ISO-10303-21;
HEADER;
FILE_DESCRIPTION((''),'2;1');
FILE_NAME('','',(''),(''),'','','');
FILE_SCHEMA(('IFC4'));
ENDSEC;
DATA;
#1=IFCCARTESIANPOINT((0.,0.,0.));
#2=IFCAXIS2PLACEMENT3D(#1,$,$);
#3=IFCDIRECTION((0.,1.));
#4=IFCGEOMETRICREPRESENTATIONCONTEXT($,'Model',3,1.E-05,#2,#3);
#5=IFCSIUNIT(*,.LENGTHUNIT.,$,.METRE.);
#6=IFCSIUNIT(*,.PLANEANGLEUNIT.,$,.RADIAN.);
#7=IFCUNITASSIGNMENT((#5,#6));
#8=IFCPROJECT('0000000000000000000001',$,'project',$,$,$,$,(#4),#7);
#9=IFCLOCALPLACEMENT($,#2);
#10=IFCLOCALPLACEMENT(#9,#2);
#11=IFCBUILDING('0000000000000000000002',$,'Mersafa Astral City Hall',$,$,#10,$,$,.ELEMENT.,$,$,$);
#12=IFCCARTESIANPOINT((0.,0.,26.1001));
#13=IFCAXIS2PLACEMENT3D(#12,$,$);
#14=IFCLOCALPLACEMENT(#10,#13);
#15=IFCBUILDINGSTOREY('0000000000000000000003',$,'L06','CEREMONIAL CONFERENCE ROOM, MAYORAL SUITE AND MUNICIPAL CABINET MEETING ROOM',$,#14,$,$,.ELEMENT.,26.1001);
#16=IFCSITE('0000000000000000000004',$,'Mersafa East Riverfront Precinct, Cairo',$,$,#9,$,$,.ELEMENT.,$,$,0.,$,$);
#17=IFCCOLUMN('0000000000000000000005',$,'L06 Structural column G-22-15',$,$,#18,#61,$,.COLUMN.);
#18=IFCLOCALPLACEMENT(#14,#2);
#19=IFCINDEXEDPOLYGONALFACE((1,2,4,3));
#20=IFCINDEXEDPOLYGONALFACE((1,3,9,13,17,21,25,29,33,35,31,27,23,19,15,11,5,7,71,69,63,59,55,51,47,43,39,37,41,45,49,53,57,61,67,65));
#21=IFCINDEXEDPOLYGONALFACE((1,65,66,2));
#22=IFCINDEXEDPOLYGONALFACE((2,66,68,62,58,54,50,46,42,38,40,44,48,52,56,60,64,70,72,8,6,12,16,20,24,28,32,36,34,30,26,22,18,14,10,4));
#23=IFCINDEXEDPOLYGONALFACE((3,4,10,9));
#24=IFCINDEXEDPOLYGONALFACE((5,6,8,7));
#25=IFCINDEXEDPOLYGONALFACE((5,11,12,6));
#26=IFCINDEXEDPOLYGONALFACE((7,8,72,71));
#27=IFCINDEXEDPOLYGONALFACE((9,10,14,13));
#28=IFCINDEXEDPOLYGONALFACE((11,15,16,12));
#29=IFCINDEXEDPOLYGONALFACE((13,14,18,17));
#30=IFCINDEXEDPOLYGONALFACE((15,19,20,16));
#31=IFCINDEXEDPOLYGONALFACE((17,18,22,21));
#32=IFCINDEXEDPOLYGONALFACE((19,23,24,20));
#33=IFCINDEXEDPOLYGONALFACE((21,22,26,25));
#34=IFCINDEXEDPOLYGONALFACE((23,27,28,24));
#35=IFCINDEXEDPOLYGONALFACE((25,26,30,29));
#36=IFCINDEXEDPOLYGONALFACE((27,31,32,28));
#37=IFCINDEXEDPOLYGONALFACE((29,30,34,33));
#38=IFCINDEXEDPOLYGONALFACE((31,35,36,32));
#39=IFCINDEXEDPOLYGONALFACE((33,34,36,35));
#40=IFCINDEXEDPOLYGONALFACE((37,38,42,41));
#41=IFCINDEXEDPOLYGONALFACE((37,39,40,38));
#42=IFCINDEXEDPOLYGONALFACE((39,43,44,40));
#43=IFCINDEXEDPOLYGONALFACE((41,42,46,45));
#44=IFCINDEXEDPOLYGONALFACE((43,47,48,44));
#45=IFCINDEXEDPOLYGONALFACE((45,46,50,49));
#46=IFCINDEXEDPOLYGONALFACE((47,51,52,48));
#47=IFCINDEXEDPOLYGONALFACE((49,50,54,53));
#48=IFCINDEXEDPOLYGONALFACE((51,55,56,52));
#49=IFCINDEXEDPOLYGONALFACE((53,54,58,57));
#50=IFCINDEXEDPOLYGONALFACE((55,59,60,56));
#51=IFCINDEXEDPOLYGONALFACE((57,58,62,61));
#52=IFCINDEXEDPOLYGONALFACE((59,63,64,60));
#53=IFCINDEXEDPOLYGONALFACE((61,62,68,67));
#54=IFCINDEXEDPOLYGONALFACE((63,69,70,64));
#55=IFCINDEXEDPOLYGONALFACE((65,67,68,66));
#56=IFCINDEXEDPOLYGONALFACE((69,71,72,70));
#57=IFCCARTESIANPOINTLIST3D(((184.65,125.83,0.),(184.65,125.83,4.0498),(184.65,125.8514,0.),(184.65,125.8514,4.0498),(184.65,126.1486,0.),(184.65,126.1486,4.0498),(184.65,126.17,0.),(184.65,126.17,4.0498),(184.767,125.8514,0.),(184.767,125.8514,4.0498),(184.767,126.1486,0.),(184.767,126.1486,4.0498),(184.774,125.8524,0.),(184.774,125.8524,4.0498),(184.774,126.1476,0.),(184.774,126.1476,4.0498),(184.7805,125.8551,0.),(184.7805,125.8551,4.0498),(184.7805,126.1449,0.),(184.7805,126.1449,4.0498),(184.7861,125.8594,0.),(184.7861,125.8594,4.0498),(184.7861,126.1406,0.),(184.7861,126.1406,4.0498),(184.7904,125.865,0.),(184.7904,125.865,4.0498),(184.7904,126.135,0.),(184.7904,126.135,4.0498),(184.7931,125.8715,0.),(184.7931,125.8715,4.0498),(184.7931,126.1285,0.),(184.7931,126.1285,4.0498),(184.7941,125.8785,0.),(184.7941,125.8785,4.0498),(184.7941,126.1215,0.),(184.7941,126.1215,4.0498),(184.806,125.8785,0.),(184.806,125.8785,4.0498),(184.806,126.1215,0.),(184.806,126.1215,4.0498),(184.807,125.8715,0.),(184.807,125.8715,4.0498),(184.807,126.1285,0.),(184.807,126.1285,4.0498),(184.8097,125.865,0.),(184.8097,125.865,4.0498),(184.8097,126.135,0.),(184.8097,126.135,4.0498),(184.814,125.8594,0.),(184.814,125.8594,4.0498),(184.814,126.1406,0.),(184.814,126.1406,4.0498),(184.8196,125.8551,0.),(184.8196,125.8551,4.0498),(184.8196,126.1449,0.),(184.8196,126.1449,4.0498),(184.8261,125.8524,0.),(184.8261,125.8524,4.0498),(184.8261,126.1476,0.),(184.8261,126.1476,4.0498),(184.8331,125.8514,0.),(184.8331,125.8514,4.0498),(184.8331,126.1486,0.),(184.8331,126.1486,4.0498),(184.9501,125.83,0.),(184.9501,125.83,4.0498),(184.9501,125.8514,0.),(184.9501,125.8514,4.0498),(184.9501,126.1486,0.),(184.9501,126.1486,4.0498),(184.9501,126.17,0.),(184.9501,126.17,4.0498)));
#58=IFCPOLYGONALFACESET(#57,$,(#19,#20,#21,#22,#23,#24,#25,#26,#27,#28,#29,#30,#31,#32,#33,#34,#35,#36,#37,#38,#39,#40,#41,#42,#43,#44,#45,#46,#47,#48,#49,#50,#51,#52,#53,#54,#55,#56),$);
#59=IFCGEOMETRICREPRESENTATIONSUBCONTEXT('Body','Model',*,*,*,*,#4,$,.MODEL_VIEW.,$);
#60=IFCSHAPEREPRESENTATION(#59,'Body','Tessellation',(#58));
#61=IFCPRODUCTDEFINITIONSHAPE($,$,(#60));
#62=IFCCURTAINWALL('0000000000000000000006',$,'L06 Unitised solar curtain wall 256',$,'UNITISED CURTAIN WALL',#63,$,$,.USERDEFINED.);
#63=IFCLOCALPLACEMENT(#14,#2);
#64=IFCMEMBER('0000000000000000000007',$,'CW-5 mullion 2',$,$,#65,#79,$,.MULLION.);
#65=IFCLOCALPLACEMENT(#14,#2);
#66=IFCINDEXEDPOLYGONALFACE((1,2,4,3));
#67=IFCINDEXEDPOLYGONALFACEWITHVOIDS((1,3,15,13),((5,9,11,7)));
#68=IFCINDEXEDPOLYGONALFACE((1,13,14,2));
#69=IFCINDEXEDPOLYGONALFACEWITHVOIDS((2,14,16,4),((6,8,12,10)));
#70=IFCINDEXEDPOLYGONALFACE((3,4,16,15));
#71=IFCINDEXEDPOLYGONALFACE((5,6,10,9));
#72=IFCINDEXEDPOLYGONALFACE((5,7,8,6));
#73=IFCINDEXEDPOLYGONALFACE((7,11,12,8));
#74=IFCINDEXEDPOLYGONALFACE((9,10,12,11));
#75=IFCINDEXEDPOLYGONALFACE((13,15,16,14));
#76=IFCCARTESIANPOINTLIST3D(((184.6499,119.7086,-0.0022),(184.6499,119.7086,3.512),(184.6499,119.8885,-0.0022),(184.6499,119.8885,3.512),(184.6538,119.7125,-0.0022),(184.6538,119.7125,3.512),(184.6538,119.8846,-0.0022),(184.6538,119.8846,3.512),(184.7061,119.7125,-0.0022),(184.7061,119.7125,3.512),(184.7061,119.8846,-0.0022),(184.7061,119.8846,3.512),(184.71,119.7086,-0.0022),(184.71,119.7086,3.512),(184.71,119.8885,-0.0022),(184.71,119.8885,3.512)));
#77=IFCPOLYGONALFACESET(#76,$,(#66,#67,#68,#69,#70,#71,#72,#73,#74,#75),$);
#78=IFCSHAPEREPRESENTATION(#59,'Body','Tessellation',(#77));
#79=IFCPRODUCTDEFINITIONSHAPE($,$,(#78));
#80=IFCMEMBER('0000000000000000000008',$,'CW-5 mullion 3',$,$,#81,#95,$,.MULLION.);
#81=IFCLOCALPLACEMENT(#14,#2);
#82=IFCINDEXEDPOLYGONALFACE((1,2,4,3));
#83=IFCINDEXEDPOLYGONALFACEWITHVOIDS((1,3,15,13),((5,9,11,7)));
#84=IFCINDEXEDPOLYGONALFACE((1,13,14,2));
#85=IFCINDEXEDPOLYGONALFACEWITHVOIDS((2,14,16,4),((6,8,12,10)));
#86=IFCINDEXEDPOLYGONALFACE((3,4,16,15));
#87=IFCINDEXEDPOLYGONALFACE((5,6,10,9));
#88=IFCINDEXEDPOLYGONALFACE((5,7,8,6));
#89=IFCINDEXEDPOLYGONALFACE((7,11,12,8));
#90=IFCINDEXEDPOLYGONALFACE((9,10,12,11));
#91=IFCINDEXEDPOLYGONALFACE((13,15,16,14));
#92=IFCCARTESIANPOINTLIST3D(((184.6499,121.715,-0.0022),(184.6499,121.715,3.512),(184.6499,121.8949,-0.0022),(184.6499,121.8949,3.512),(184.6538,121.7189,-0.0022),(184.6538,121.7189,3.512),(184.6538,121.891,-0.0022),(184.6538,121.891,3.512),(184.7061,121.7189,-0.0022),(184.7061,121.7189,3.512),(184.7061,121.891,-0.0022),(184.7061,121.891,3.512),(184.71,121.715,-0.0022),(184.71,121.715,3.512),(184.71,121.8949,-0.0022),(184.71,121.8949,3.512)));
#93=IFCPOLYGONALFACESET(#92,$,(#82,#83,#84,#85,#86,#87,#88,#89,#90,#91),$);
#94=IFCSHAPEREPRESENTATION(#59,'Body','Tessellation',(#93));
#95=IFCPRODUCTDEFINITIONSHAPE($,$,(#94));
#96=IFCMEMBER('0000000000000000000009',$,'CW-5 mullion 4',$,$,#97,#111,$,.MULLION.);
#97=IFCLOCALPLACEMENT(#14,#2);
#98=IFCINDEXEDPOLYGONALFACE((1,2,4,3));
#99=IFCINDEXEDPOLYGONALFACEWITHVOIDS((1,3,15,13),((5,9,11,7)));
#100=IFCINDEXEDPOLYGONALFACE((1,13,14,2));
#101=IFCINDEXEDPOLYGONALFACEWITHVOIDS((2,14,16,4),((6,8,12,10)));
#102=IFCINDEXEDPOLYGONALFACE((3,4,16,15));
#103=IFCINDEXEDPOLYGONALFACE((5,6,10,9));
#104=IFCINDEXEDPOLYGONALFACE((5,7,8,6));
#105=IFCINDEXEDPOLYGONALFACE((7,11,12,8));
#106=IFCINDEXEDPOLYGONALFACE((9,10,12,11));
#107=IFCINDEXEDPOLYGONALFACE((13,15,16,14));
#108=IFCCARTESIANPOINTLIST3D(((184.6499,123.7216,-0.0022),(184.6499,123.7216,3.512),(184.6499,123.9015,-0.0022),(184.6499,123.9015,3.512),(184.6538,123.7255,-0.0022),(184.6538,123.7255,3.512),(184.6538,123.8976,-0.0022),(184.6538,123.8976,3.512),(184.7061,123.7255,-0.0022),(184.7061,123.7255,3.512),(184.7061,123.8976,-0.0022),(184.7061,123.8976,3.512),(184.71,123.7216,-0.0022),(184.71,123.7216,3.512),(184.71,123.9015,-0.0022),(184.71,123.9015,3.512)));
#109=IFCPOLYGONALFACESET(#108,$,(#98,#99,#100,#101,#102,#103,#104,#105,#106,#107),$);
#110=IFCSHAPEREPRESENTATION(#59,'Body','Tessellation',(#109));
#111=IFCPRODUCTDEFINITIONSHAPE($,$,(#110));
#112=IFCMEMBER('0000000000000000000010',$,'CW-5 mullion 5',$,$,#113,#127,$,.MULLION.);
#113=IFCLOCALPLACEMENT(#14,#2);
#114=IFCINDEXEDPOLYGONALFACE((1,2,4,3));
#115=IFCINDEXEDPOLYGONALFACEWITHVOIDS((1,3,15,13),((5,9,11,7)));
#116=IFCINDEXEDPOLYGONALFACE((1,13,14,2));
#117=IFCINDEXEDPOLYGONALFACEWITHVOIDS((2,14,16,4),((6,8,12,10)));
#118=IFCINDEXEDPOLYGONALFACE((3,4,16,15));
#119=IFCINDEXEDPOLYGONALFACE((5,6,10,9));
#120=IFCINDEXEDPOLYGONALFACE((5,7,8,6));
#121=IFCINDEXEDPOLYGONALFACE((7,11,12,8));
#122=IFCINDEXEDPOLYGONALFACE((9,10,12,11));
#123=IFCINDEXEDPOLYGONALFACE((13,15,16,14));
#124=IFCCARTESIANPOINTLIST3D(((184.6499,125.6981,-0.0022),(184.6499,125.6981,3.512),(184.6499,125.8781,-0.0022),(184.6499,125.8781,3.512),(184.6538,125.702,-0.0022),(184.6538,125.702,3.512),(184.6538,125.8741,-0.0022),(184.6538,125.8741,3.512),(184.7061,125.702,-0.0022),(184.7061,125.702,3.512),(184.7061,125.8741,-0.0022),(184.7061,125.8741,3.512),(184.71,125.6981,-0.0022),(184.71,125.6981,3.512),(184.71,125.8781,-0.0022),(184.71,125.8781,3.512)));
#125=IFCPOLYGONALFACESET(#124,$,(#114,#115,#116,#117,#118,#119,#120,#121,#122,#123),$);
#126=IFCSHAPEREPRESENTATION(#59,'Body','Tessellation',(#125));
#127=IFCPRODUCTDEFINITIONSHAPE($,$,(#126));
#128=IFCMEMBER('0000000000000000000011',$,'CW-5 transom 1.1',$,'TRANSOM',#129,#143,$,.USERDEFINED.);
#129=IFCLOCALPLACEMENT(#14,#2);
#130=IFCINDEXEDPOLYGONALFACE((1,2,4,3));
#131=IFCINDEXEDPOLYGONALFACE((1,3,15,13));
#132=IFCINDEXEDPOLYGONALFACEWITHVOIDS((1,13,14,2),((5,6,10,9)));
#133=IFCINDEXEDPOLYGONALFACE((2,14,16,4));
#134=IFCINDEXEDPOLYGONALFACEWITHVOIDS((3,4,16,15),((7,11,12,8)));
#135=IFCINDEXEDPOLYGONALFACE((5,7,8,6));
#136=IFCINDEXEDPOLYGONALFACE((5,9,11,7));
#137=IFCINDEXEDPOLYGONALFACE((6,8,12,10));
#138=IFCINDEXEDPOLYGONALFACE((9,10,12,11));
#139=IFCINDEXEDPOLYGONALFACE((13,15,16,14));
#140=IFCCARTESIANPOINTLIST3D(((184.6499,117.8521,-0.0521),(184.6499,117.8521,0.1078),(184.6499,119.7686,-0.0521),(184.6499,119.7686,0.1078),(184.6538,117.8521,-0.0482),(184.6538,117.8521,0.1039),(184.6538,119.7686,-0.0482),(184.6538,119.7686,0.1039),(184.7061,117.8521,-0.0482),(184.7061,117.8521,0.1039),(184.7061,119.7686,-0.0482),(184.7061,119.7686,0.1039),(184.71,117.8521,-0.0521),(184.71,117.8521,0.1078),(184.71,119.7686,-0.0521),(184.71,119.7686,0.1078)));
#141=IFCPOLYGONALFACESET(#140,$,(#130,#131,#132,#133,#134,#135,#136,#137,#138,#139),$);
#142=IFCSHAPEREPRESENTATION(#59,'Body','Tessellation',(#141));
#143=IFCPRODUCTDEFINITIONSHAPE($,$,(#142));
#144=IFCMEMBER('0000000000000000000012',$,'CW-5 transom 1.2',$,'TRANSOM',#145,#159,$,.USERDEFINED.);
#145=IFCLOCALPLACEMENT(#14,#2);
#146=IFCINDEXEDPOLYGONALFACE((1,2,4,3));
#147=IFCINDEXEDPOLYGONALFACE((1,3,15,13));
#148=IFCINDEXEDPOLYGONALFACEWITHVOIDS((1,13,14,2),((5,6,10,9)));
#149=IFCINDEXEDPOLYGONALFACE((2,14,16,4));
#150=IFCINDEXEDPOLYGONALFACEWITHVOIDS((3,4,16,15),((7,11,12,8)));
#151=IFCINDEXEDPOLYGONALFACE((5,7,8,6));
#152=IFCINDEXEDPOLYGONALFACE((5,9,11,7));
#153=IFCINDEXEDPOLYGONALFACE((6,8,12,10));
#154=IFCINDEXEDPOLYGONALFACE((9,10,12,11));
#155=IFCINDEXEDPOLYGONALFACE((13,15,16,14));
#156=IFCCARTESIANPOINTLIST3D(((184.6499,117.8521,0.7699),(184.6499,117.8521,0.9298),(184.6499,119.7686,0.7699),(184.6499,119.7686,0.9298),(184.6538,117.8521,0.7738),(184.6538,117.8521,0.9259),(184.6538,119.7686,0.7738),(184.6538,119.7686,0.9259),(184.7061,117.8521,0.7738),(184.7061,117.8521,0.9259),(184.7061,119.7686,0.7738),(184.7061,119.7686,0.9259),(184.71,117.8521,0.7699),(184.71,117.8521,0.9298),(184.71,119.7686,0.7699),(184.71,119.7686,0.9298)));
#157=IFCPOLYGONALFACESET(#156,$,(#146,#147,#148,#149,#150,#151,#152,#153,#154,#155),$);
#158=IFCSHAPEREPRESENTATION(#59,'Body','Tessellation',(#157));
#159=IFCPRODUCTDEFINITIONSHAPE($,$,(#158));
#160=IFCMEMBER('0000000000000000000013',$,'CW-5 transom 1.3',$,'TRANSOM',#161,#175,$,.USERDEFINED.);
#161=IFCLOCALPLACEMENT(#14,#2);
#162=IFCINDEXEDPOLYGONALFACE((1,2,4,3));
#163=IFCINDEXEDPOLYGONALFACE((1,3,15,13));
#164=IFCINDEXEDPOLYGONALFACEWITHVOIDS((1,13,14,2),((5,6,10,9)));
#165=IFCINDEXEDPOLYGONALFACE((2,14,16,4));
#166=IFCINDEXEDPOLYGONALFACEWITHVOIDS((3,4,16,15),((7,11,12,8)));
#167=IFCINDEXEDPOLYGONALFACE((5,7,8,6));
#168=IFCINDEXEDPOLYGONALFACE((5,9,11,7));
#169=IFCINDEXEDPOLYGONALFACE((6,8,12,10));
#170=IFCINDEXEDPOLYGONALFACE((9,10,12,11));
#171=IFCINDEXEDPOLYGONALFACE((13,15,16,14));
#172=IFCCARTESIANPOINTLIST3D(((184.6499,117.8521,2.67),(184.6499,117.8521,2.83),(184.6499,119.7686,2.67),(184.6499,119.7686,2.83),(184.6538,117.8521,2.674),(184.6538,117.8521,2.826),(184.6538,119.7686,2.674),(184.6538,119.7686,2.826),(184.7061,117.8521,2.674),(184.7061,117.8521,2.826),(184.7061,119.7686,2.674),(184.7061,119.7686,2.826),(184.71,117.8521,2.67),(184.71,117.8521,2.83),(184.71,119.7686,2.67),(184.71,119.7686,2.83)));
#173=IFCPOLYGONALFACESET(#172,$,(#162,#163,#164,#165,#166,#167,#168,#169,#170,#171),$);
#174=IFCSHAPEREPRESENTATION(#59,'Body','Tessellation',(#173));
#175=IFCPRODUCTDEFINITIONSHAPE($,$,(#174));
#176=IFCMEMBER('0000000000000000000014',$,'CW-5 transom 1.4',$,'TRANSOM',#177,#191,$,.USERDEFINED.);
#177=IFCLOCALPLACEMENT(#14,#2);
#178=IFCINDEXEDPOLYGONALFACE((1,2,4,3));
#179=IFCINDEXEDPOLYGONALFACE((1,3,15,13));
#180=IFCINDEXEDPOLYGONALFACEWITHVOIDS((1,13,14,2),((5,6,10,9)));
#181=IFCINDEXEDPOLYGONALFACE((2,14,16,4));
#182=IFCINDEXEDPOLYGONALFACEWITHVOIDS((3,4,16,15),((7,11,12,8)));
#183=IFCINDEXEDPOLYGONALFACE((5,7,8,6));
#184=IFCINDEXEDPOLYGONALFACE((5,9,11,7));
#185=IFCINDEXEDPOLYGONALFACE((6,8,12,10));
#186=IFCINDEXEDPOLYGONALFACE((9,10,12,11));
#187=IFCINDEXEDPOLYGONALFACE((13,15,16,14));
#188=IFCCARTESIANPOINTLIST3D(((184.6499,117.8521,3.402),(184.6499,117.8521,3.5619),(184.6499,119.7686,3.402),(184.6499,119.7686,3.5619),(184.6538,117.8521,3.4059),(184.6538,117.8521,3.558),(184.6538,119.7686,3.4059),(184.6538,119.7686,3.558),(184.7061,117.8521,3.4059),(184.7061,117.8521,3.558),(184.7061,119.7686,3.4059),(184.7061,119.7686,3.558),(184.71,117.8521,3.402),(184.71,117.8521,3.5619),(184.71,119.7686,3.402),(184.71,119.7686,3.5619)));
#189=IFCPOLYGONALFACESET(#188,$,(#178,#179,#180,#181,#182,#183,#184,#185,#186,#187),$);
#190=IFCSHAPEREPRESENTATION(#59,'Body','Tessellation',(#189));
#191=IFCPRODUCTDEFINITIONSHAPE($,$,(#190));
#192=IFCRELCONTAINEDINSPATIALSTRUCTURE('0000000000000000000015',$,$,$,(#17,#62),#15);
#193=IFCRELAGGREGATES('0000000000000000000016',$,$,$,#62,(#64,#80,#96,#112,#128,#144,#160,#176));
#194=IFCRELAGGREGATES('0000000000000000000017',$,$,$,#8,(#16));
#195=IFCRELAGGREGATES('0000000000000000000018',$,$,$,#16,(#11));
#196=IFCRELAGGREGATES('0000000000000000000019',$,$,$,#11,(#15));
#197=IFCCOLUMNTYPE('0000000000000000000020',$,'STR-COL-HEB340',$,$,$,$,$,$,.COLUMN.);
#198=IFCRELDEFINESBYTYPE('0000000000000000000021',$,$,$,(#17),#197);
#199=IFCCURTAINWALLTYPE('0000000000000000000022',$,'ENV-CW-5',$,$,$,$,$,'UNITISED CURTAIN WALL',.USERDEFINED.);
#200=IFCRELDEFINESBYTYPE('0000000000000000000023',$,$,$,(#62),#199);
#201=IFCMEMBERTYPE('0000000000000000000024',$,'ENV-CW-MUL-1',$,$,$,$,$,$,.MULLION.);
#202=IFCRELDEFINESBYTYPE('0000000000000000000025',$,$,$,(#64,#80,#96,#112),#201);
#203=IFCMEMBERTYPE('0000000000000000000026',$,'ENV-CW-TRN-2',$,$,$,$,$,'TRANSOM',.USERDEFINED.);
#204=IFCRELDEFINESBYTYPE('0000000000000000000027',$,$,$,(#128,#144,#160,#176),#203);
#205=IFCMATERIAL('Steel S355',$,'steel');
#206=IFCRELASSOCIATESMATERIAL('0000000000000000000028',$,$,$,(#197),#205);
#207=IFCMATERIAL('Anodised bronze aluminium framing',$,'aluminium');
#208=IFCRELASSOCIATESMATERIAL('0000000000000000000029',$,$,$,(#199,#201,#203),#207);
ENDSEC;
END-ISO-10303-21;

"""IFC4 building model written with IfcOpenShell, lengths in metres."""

from ifc_helpers import new_model, si_unit, direction, frame, origin, origin_2d, place, context, subcontext, project, spatial, hollow_rectangle, i_section, extrude, material, material_profile, profile_set, type_object, element, aggregate, save


model = new_model("IFC4")

# Units and contexts
model_context = context("Model", 3, precision=1e-05, world=origin(), true_north=direction((0.0, 1.0)))
body_context = subcontext(model_context, "Body", "Model", "MODEL_VIEW")
ifc_project = project(units=[si_unit("LENGTHUNIT", "METRE"), si_unit("PLANEANGLEUNIT", "RADIAN")], contexts=[model_context])

# Site, building, storey
site_placement = place(None, origin())
site = spatial("IfcSite", under=ifc_project, at=site_placement, Name="Mersafa East Riverfront Precinct, Cairo", CompositionType="ELEMENT", RefElevation=0.0)
building_placement = place(site_placement, origin())
building = spatial("IfcBuilding", under=site, at=building_placement, Name="Mersafa Astral City Hall", CompositionType="ELEMENT")
storey_placement = place(building_placement, frame((0.0, 0.0, 26.1001)))
storey = spatial("IfcBuildingStorey", under=building, at=storey_placement, Name="L06", Description="CEREMONIAL CONFERENCE ROOM, MAYORAL SUITE AND MUNICIPAL CABINET MEETING ROOM", CompositionType="ELEMENT", Elevation=26.1001)

# Column
ifc_material_1 = material(Name="Steel S355", Category="steel")
ifc_material_profile_1 = material_profile(ifc_material_1, i_section(OverallWidth=0.3, OverallDepth=0.3401, WebThickness=0.012, FlangeThickness=0.0215, FilletRadius=0.0271, at=origin_2d()), Name="HEB 340")
ifc_profile_set_1 = profile_set([ifc_material_profile_1], Name="Steel S355")
column_type = type_object("IfcColumnType", Name="STR-COL-HEB340", PredefinedType="COLUMN", material=ifc_profile_set_1)
column_placement = place(storey_placement, frame((184.8, 126.0, 0.0), z_axis=(0.0, 0.0, 1.0), x_axis=(1.0, 0.0, 0.0)))
element("IfcColumn", 1, at=column_placement, inside=storey, type_object=column_type, Name="L06 Structural column G-22-15", PredefinedType="COLUMN", context=body_context, shape_type="SweptSolid", body=[
    extrude(i_section(OverallWidth=0.3, OverallDepth=0.3401, WebThickness=0.012, FlangeThickness=0.0215, FilletRadius=0.0271, at=origin_2d()), origin(), (0.0, 0.0, 1.0), 4.0498),
])

# Curtain wall, members
ifc_material_2 = material(Name="Anodised bronze aluminium framing", Category="aluminium")
curtain_wall_type = type_object("IfcCurtainWallType", Name="ENV-CW-5", ElementType="UNITISED CURTAIN WALL", PredefinedType="USERDEFINED", material=ifc_material_2)
curtain_wall_placement = place(storey_placement, origin())
curtain_wall = element("IfcCurtainWall", 2, at=curtain_wall_placement, inside=storey, type_object=curtain_wall_type, Name="L06 Unitised solar curtain wall 256", ObjectType="UNITISED CURTAIN WALL", PredefinedType="USERDEFINED")
ifc_material_profile_2 = material_profile(ifc_material_2, hollow_rectangle(XDim=0.0601, YDim=0.1799, WallThickness=0.0039, at=origin_2d()), Name="RHS 60x180x4")
ifc_profile_set_2 = profile_set([ifc_material_profile_2], Name="Anodised bronze aluminium framing")
member_type_1 = type_object("IfcMemberType", Name="ENV-CW-MUL-1", PredefinedType="MULLION", material=ifc_profile_set_2)
member_1_placement = place(storey_placement, frame((184.6799, 119.7986, -0.0022), z_axis=(0.0, 0.0, 1.0), x_axis=(-1.0, 0.0, 0.0)))
member_1 = element("IfcMember", 3, at=member_1_placement, type_object=member_type_1, Name="CW-5 mullion 2", PredefinedType="MULLION", context=body_context, shape_type="SweptSolid", body=[
    extrude(hollow_rectangle(XDim=0.0601, YDim=0.1799, WallThickness=0.0039, at=origin_2d()), origin(), (0.0, 0.0, 1.0), 3.5142),
])
member_2_placement = place(storey_placement, frame((184.6799, 121.8049, -0.0022), z_axis=(0.0, 0.0, 1.0), x_axis=(-1.0, 0.0, 0.0)))
member_2 = element("IfcMember", 4, at=member_2_placement, type_object=member_type_1, Name="CW-5 mullion 3", PredefinedType="MULLION", context=body_context, shape_type="SweptSolid", body=[
    extrude(hollow_rectangle(XDim=0.0601, YDim=0.1799, WallThickness=0.0039, at=origin_2d()), origin(), (0.0, 0.0, 1.0), 3.5142),
])
member_3_placement = place(storey_placement, frame((184.6799, 123.8115, -0.0022), z_axis=(0.0, 0.0, 1.0), x_axis=(-1.0, 0.0, 0.0)))
member_3 = element("IfcMember", 5, at=member_3_placement, type_object=member_type_1, Name="CW-5 mullion 4", PredefinedType="MULLION", context=body_context, shape_type="SweptSolid", body=[
    extrude(hollow_rectangle(XDim=0.0601, YDim=0.1799, WallThickness=0.0039, at=origin_2d()), origin(), (0.0, 0.0, 1.0), 3.5142),
])
member_4_placement = place(storey_placement, frame((184.6799, 125.7881, -0.0022), z_axis=(0.0, 0.0, 1.0), x_axis=(-1.0, 0.0, 0.0)))
member_4 = element("IfcMember", 6, at=member_4_placement, type_object=member_type_1, Name="CW-5 mullion 5", PredefinedType="MULLION", context=body_context, shape_type="SweptSolid", body=[
    extrude(hollow_rectangle(XDim=0.0601, YDim=0.1799, WallThickness=0.0039, at=origin_2d()), origin(), (0.0, 0.0, 1.0), 3.5142),
])
ifc_material_profile_3 = material_profile(ifc_material_2, hollow_rectangle(XDim=0.0601, YDim=0.1599, WallThickness=0.0039, at=origin_2d()), Name="RHS 60x160x4")
ifc_profile_set_3 = profile_set([ifc_material_profile_3], Name="Anodised bronze aluminium framing")
member_type_2 = type_object("IfcMemberType", Name="ENV-CW-TRN-2", ElementType="TRANSOM", PredefinedType="USERDEFINED", material=ifc_profile_set_3)
member_5_placement = place(storey_placement, frame((184.6799, 117.8521, 0.0278), z_axis=(0.0, 1.0, 0.0), x_axis=(-1.0, 0.0, 0.0)))
member_5 = element("IfcMember", 7, at=member_5_placement, type_object=member_type_2, Name="CW-5 transom 1.1", ObjectType="TRANSOM", PredefinedType="USERDEFINED", context=body_context, shape_type="SweptSolid", body=[
    extrude(hollow_rectangle(XDim=0.0601, YDim=0.1599, WallThickness=0.0039, at=origin_2d()), origin(), (0.0, 0.0, 1.0), 1.9165),
])
member_6_placement = place(storey_placement, frame((184.6799, 117.8521, 0.8499), z_axis=(0.0, 1.0, 0.0), x_axis=(-1.0, 0.0, 0.0)))
member_6 = element("IfcMember", 8, at=member_6_placement, type_object=member_type_2, Name="CW-5 transom 1.2", ObjectType="TRANSOM", PredefinedType="USERDEFINED", context=body_context, shape_type="SweptSolid", body=[
    extrude(hollow_rectangle(XDim=0.0601, YDim=0.1599, WallThickness=0.0039, at=origin_2d()), origin(), (0.0, 0.0, 1.0), 1.9165),
])
member_7_placement = place(storey_placement, frame((184.6799, 117.8521, 2.75), z_axis=(0.0, 1.0, 0.0), x_axis=(-1.0, 0.0, 0.0)))
member_7 = element("IfcMember", 9, at=member_7_placement, type_object=member_type_2, Name="CW-5 transom 1.3", ObjectType="TRANSOM", PredefinedType="USERDEFINED", context=body_context, shape_type="SweptSolid", body=[
    extrude(hollow_rectangle(XDim=0.0601, YDim=0.1599, WallThickness=0.0039, at=origin_2d()), origin(), (0.0, 0.0, 1.0), 1.9165),
])
member_8_placement = place(storey_placement, frame((184.6799, 117.8521, 3.4819), z_axis=(0.0, 1.0, 0.0), x_axis=(-1.0, 0.0, 0.0)))
member_8 = element("IfcMember", 10, at=member_8_placement, type_object=member_type_2, Name="CW-5 transom 1.4", ObjectType="TRANSOM", PredefinedType="USERDEFINED", context=body_context, shape_type="SweptSolid", body=[
    extrude(hollow_rectangle(XDim=0.0601, YDim=0.1599, WallThickness=0.0039, at=origin_2d()), origin(), (0.0, 0.0, 1.0), 1.9165),
])
aggregate(curtain_wall, [member_1, member_2, member_3, member_4, member_5, member_6, member_7, member_8])

save(model, "model.ifc")
